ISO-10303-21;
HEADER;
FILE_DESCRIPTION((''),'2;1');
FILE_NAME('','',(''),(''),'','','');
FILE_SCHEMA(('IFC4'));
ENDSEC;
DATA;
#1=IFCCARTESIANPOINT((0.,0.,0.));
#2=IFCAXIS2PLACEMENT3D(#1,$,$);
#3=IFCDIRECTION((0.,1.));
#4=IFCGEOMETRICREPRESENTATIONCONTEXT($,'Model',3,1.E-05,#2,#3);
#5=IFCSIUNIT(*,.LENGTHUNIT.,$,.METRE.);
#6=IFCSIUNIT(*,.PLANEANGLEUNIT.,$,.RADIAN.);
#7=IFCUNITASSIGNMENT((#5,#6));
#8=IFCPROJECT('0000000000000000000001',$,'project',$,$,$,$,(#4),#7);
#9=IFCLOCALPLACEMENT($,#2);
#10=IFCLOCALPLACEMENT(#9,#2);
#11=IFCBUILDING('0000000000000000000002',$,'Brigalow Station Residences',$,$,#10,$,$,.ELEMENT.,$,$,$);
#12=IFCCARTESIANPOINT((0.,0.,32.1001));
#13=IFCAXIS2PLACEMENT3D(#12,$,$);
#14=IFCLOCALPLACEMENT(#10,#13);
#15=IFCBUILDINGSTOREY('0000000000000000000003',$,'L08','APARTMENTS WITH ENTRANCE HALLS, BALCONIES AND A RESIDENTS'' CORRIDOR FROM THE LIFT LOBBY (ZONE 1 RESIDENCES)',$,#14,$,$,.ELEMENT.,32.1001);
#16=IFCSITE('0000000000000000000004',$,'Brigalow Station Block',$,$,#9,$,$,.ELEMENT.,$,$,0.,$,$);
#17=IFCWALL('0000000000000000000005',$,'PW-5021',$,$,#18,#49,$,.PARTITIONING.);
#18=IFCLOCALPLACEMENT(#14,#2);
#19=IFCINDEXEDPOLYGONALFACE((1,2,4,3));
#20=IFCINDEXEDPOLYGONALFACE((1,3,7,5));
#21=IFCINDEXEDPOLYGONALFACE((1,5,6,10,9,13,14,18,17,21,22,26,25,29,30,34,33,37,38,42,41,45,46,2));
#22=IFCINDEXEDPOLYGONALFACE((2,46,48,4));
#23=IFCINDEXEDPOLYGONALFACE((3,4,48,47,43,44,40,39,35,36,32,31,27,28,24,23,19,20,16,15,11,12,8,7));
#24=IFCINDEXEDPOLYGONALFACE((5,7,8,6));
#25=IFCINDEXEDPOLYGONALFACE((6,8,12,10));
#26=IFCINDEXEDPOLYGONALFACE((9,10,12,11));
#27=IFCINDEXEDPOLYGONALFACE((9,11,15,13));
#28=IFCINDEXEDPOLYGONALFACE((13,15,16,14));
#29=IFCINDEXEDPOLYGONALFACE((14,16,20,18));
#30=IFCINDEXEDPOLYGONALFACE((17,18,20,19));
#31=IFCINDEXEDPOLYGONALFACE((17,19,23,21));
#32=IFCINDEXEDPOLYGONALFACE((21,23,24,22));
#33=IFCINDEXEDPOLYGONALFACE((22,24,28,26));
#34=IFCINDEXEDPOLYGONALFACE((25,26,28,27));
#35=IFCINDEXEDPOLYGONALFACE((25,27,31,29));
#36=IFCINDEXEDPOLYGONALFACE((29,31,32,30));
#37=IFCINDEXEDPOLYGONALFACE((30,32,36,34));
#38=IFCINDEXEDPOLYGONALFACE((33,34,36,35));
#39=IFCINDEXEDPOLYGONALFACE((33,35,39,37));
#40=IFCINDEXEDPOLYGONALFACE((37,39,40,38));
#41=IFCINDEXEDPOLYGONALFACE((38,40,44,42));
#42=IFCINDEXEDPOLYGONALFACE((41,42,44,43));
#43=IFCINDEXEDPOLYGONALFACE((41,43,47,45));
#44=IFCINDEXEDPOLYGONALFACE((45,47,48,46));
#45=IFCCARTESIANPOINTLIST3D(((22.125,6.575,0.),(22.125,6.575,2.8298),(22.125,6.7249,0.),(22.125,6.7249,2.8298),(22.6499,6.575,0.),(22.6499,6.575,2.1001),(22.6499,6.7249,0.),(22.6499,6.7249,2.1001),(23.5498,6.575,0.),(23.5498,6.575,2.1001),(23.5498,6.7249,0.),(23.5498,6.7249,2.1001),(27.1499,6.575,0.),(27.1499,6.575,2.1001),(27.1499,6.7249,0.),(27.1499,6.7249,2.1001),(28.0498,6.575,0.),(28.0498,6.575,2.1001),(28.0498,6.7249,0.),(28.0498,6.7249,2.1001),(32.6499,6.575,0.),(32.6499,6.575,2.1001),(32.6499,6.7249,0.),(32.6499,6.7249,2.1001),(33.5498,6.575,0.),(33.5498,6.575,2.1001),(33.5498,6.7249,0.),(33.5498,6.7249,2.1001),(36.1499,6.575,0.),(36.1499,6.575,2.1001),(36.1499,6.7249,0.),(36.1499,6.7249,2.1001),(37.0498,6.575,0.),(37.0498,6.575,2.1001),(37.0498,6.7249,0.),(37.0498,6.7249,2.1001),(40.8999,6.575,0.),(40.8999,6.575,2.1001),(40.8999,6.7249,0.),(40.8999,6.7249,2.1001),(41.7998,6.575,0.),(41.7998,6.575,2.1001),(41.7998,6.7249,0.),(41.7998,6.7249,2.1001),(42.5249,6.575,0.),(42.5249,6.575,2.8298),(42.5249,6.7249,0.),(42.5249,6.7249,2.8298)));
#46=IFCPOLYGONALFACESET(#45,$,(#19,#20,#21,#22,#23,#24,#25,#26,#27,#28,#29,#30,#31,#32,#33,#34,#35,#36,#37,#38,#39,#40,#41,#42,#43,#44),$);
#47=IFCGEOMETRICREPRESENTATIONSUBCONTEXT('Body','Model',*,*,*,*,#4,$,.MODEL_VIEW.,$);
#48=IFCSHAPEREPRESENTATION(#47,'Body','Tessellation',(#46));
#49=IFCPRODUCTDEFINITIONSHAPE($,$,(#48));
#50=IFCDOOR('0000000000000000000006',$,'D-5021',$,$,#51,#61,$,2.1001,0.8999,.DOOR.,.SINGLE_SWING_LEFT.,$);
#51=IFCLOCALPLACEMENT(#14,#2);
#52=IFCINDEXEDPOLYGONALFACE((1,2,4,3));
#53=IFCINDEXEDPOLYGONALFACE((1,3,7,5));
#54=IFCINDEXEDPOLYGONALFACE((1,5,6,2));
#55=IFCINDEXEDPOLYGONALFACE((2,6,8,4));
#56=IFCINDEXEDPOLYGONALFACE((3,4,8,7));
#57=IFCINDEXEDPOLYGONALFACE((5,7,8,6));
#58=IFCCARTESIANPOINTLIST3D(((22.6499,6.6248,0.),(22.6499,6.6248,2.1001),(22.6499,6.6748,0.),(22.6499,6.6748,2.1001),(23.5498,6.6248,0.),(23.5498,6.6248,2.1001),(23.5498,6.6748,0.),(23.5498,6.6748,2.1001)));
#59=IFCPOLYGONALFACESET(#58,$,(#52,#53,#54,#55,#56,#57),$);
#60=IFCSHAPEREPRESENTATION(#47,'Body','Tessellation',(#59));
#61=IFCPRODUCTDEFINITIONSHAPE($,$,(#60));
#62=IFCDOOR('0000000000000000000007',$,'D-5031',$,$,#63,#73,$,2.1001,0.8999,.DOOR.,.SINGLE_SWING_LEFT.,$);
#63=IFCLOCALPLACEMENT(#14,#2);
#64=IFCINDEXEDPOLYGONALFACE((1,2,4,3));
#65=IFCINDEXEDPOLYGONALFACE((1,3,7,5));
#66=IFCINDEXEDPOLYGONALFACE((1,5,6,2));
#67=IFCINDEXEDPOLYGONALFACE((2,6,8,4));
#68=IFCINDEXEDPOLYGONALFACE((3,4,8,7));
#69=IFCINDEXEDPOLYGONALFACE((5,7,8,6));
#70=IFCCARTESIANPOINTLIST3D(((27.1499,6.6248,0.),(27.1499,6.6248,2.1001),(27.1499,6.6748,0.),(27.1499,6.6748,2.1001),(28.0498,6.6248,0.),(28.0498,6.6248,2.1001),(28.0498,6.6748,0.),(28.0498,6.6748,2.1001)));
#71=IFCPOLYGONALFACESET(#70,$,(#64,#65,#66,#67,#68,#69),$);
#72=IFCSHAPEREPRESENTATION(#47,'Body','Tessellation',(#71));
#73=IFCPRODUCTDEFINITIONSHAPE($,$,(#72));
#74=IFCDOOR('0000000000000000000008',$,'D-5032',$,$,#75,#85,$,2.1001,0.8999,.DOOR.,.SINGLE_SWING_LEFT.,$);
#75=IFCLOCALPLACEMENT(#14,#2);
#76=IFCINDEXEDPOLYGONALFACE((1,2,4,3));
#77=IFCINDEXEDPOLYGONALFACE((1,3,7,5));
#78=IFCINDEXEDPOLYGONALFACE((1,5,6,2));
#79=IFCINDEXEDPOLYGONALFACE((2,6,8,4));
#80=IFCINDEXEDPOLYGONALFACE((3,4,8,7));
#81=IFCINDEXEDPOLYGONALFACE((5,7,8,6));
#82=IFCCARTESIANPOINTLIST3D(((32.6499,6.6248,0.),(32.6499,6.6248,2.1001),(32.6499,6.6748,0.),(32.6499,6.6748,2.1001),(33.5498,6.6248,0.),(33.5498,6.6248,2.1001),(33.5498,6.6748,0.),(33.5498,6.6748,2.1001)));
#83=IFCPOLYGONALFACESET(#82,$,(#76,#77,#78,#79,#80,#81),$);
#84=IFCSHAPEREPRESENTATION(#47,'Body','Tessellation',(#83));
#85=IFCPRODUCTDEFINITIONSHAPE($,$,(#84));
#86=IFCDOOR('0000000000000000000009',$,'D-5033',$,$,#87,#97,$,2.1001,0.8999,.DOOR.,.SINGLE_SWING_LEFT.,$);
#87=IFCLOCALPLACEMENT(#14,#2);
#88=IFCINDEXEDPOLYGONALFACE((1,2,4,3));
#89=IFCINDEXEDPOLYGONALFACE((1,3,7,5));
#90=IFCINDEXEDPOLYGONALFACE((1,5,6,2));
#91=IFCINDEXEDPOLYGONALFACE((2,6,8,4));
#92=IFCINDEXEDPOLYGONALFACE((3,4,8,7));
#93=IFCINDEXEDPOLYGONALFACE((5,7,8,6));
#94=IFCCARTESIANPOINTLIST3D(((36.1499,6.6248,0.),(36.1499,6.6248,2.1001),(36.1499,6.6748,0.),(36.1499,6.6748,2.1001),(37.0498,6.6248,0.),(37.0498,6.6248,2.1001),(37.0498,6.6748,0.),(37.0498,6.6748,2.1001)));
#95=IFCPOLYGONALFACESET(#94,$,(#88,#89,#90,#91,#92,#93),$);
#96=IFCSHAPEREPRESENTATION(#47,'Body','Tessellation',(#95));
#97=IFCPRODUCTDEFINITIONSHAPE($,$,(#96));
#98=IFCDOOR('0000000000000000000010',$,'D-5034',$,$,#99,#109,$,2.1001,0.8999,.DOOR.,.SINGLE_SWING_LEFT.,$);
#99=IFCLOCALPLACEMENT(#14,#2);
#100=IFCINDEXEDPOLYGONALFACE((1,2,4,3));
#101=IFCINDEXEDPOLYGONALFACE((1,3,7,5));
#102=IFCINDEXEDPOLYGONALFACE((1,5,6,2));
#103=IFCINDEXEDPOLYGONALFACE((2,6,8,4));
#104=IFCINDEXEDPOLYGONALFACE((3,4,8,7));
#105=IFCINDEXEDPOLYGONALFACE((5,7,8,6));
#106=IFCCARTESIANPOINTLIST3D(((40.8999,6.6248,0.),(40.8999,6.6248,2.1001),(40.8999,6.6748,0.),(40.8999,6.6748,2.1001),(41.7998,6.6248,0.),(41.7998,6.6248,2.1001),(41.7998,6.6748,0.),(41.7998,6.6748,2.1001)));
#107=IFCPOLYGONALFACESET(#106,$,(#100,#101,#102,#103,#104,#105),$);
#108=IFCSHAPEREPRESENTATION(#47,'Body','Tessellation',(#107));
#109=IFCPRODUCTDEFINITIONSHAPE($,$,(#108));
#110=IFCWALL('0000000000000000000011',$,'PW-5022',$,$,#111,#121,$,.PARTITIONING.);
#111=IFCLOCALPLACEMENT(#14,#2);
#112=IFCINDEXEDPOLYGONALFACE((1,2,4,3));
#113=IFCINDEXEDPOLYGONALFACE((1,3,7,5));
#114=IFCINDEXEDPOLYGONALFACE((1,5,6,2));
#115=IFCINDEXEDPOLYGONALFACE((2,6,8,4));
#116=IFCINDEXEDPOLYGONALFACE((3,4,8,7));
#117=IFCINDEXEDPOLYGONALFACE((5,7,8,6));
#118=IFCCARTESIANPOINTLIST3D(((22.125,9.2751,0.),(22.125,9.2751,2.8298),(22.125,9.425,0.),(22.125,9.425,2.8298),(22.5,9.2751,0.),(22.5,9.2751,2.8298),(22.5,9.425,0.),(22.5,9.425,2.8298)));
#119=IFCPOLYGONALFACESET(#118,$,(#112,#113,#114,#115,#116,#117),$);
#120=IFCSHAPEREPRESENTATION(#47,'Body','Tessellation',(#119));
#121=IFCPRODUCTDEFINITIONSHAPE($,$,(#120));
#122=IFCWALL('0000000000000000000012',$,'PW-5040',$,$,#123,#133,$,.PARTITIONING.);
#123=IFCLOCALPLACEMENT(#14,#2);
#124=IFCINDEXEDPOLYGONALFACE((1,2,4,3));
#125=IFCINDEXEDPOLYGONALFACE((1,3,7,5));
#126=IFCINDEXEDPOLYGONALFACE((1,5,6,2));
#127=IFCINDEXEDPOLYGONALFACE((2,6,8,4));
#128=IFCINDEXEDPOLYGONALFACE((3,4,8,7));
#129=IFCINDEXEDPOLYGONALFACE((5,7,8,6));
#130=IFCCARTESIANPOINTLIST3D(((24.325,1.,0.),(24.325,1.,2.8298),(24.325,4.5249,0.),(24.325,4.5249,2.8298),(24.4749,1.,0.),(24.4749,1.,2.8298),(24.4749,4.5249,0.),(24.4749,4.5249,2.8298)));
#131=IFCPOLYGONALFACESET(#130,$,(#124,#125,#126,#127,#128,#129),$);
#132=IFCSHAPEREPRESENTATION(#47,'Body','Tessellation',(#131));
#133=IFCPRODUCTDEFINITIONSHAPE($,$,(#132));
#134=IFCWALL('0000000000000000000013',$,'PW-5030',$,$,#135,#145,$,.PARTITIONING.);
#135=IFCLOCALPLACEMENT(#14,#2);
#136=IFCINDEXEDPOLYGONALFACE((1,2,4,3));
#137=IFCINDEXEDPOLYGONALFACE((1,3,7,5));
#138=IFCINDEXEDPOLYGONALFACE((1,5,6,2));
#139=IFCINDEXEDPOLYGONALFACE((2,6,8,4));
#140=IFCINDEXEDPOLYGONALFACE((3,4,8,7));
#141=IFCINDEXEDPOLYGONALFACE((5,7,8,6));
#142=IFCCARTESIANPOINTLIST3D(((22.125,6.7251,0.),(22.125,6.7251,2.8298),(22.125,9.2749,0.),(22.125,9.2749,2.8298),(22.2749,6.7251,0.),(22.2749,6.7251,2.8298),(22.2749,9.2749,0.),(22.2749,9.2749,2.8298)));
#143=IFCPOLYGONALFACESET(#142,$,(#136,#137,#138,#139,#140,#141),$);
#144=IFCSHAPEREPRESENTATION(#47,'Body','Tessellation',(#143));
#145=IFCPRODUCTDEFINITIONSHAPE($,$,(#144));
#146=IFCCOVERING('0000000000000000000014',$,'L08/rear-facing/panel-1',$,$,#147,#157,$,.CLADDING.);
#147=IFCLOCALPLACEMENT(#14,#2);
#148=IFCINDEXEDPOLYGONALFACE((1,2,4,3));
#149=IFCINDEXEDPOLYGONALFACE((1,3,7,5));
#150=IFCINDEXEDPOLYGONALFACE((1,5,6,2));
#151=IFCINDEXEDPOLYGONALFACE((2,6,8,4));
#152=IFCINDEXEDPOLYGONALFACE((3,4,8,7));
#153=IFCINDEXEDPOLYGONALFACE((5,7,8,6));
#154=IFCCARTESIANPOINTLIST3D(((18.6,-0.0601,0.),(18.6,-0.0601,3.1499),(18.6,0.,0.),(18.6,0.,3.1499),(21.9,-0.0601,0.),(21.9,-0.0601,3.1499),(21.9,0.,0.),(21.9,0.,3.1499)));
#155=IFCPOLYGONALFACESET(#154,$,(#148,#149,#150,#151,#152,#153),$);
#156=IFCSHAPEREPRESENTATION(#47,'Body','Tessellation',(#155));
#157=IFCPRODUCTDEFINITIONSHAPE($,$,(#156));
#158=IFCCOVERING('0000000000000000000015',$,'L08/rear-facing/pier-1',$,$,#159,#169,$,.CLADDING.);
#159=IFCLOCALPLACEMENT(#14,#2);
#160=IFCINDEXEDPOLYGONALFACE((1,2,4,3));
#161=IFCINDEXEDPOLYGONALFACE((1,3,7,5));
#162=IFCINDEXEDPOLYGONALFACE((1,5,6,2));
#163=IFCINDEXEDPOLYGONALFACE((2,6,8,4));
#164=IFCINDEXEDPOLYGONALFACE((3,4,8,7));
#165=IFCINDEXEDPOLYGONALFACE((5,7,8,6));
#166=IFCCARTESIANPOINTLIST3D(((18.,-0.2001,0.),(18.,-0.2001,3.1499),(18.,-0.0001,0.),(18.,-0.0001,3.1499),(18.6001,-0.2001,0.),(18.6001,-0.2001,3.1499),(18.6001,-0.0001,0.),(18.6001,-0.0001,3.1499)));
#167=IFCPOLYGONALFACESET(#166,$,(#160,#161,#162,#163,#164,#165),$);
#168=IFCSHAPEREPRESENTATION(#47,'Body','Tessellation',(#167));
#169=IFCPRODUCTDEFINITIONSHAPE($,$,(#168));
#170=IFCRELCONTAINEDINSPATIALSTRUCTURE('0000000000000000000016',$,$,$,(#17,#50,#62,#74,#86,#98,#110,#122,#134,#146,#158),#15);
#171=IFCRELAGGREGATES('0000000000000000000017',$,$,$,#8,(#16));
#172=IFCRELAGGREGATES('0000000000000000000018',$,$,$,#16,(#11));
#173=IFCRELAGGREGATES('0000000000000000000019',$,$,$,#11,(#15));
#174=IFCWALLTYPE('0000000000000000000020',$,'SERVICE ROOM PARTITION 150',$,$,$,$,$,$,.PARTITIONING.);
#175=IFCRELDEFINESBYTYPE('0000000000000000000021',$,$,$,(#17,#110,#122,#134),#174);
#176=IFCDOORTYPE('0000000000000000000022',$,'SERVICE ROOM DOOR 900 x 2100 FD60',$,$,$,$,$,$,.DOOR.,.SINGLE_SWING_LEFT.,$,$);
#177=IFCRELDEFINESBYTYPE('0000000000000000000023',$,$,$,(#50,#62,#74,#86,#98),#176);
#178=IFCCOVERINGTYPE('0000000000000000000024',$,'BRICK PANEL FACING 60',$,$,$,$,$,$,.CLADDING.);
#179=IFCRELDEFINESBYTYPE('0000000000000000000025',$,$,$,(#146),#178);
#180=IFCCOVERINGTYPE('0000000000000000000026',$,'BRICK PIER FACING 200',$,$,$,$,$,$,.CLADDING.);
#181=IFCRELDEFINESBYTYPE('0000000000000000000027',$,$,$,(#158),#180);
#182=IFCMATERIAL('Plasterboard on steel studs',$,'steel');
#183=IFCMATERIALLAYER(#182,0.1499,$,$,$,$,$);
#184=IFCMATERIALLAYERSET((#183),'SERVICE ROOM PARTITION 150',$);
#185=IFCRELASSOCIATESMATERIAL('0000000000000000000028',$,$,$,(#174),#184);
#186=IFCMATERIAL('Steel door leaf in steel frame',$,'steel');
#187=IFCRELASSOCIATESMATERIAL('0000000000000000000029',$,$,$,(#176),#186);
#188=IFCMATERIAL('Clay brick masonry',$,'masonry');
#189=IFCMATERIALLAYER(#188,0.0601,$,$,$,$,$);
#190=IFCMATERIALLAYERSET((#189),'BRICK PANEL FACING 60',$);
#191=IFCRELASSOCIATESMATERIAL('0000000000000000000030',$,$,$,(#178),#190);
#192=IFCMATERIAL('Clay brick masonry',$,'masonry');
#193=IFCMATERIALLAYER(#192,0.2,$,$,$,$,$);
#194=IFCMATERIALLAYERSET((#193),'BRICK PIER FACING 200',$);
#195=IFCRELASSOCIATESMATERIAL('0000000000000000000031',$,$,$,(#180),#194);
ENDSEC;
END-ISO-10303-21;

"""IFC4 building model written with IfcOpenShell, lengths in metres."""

from ifc_helpers import new_model, si_unit, direction, frame, frame_2d, origin, origin_2d, place, context, subcontext, project, spatial, rectangle, extrude, material, layer, layer_set, type_object, element, fill, save


model = new_model("IFC4")

# Units and contexts
model_context = context("Model", 3, precision=1e-05, world=origin(), true_north=direction((0.0, 1.0)))
body_context = subcontext(model_context, "Body", "Model", "MODEL_VIEW")
ifc_project = project(units=[si_unit("LENGTHUNIT", "METRE"), si_unit("PLANEANGLEUNIT", "RADIAN")], contexts=[model_context])

# Site, building, storey
site_placement = place(None, origin())
site = spatial("IfcSite", under=ifc_project, at=site_placement, Name="Brigalow Station Block", CompositionType="ELEMENT", RefElevation=0.0)
building_placement = place(site_placement, origin())
building = spatial("IfcBuilding", under=site, at=building_placement, Name="Brigalow Station Residences", CompositionType="ELEMENT")
storey_placement = place(building_placement, frame((0.0, 0.0, 32.1001)))
storey = spatial("IfcBuildingStorey", under=building, at=storey_placement, Name="L08", Description="APARTMENTS WITH ENTRANCE HALLS, BALCONIES AND A RESIDENTS' CORRIDOR FROM THE LIFT LOBBY (ZONE 1 RESIDENCES)", CompositionType="ELEMENT", Elevation=32.1001)

# Wall, openings, doors
ifc_material_1 = material(Name="Plasterboard on steel studs", Category="steel")
ifc_layer_1 = layer(ifc_material_1, 0.1499)
ifc_layer_set_1 = layer_set([ifc_layer_1], Name="SERVICE ROOM PARTITION 150")
wall_type_1 = type_object("IfcWallType", Name="SERVICE ROOM PARTITION 150", PredefinedType="PARTITIONING", material=ifc_layer_set_1)
ifc_material_2 = material(Name="Steel door leaf in steel frame", Category="steel")
door_type = type_object("IfcDoorType", Name="SERVICE ROOM DOOR 900 x 2100 FD60", OperationType="SINGLE_SWING_LEFT", PredefinedType="DOOR", material=ifc_material_2)
wall_1_placement = place(storey_placement, frame((22.125, 6.6499, 0.0), z_axis=(0.0, 0.0, 1.0), x_axis=(1.0, 0.0, 0.0)))
wall_1 = element("IfcWall", 1, at=wall_1_placement, inside=storey, type_object=wall_type_1, Name="PW-5021", PredefinedType="PARTITIONING", context=body_context, shape_type="SweptSolid", body=[
    extrude(rectangle(XDim=20.3999, YDim=0.1499, at=frame_2d((10.2, 0.0))), origin(), (0.0, 0.0, 1.0), 2.8298),
])
opening_1_placement = place(wall_1_placement, frame((0.5249, 0.0, 0.0)))
opening_1 = element("IfcOpeningElement", 2, at=opening_1_placement, cuts=wall_1, PredefinedType="OPENING", context=body_context, shape_type="SweptSolid", body=[
    extrude(rectangle(XDim=0.8999, YDim=2.1001, at=frame_2d((0.45, 1.05))), frame((0.0, 0.085, 0.0), z_axis=(0.0, -1.0, 0.0), x_axis=(1.0, 0.0, 0.0)), (0.0, 0.0, 1.0), 0.1699),
])
opening_2_placement = place(wall_1_placement, frame((5.0249, 0.0, 0.0)))
opening_2 = element("IfcOpeningElement", 3, at=opening_2_placement, cuts=wall_1, PredefinedType="OPENING", context=body_context, shape_type="SweptSolid", body=[
    extrude(rectangle(XDim=0.8999, YDim=2.1001, at=frame_2d((0.45, 1.05))), frame((0.0, 0.085, 0.0), z_axis=(0.0, -1.0, 0.0), x_axis=(1.0, 0.0, 0.0)), (0.0, 0.0, 1.0), 0.1699),
])
opening_3_placement = place(wall_1_placement, frame((10.5249, 0.0, 0.0)))
opening_3 = element("IfcOpeningElement", 4, at=opening_3_placement, cuts=wall_1, PredefinedType="OPENING", context=body_context, shape_type="SweptSolid", body=[
    extrude(rectangle(XDim=0.8999, YDim=2.1001, at=frame_2d((0.45, 1.05))), frame((0.0, 0.085, 0.0), z_axis=(0.0, -1.0, 0.0), x_axis=(1.0, 0.0, 0.0)), (0.0, 0.0, 1.0), 0.1699),
])
opening_4_placement = place(wall_1_placement, frame((14.0249, 0.0, 0.0)))
opening_4 = element("IfcOpeningElement", 5, at=opening_4_placement, cuts=wall_1, PredefinedType="OPENING", context=body_context, shape_type="SweptSolid", body=[
    extrude(rectangle(XDim=0.8999, YDim=2.1001, at=frame_2d((0.45, 1.05))), frame((0.0, 0.085, 0.0), z_axis=(0.0, -1.0, 0.0), x_axis=(1.0, 0.0, 0.0)), (0.0, 0.0, 1.0), 0.1699),
])
opening_5_placement = place(wall_1_placement, frame((18.7749, 0.0, 0.0)))
opening_5 = element("IfcOpeningElement", 6, at=opening_5_placement, cuts=wall_1, PredefinedType="OPENING", context=body_context, shape_type="SweptSolid", body=[
    extrude(rectangle(XDim=0.8999, YDim=2.1001, at=frame_2d((0.45, 1.05))), frame((0.0, 0.085, 0.0), z_axis=(0.0, -1.0, 0.0), x_axis=(1.0, 0.0, 0.0)), (0.0, 0.0, 1.0), 0.1699),
])
door_1_placement = place(opening_1_placement, origin())
door_1 = element("IfcDoor", 7, at=door_1_placement, inside=storey, type_object=door_type, Name="D-5021", OperationType="SINGLE_SWING_LEFT", OverallHeight=2.1001, OverallWidth=0.8999, PredefinedType="DOOR", context=body_context, shape_type="SweptSolid", body=[
    extrude(rectangle(XDim=0.8999, YDim=2.1001, at=frame_2d((0.45, 1.05))), frame((0.0, 0.0249, 0.0), z_axis=(0.0, -1.0, 0.0), x_axis=(1.0, 0.0, 0.0)), (0.0, 0.0, 1.0), 0.05),
])
fill(opening_1, door_1)
door_2_placement = place(opening_2_placement, origin())
door_2 = element("IfcDoor", 8, at=door_2_placement, inside=storey, type_object=door_type, Name="D-5031", OperationType="SINGLE_SWING_LEFT", OverallHeight=2.1001, OverallWidth=0.8999, PredefinedType="DOOR", context=body_context, shape_type="SweptSolid", body=[
    extrude(rectangle(XDim=0.8999, YDim=2.1001, at=frame_2d((0.45, 1.05))), frame((0.0, 0.0249, 0.0), z_axis=(0.0, -1.0, 0.0), x_axis=(1.0, 0.0, 0.0)), (0.0, 0.0, 1.0), 0.05),
])
fill(opening_2, door_2)
door_3_placement = place(opening_3_placement, origin())
door_3 = element("IfcDoor", 9, at=door_3_placement, inside=storey, type_object=door_type, Name="D-5032", OperationType="SINGLE_SWING_LEFT", OverallHeight=2.1001, OverallWidth=0.8999, PredefinedType="DOOR", context=body_context, shape_type="SweptSolid", body=[
    extrude(rectangle(XDim=0.8999, YDim=2.1001, at=frame_2d((0.45, 1.05))), frame((0.0, 0.0249, 0.0), z_axis=(0.0, -1.0, 0.0), x_axis=(1.0, 0.0, 0.0)), (0.0, 0.0, 1.0), 0.05),
])
fill(opening_3, door_3)
door_4_placement = place(opening_4_placement, origin())
door_4 = element("IfcDoor", 10, at=door_4_placement, inside=storey, type_object=door_type, Name="D-5033", OperationType="SINGLE_SWING_LEFT", OverallHeight=2.1001, OverallWidth=0.8999, PredefinedType="DOOR", context=body_context, shape_type="SweptSolid", body=[
    extrude(rectangle(XDim=0.8999, YDim=2.1001, at=frame_2d((0.45, 1.05))), frame((0.0, 0.0249, 0.0), z_axis=(0.0, -1.0, 0.0), x_axis=(1.0, 0.0, 0.0)), (0.0, 0.0, 1.0), 0.05),
])
fill(opening_4, door_4)
door_5_placement = place(opening_5_placement, origin())
door_5 = element("IfcDoor", 11, at=door_5_placement, inside=storey, type_object=door_type, Name="D-5034", OperationType="SINGLE_SWING_LEFT", OverallHeight=2.1001, OverallWidth=0.8999, PredefinedType="DOOR", context=body_context, shape_type="SweptSolid", body=[
    extrude(rectangle(XDim=0.8999, YDim=2.1001, at=frame_2d((0.45, 1.05))), frame((0.0, 0.0249, 0.0), z_axis=(0.0, -1.0, 0.0), x_axis=(1.0, 0.0, 0.0)), (0.0, 0.0, 1.0), 0.05),
])
fill(opening_5, door_5)

# Walls
wall_2_placement = place(storey_placement, frame((22.125, 9.3501, 0.0), z_axis=(0.0, 0.0, 1.0), x_axis=(1.0, 0.0, 0.0)))
element("IfcWall", 12, at=wall_2_placement, inside=storey, type_object=wall_type_1, Name="PW-5022", PredefinedType="PARTITIONING", context=body_context, shape_type="SweptSolid", body=[
    extrude(rectangle(XDim=0.375, YDim=0.1499, at=frame_2d((0.1875, 0.0))), origin(), (0.0, 0.0, 1.0), 2.8298),
])
wall_3_placement = place(storey_placement, frame((24.3999, 1.0, 0.0), z_axis=(0.0, 0.0, 1.0), x_axis=(0.0, 1.0, 0.0)))
element("IfcWall", 13, at=wall_3_placement, inside=storey, type_object=wall_type_1, Name="PW-5040", PredefinedType="PARTITIONING", context=body_context, shape_type="SweptSolid", body=[
    extrude(rectangle(XDim=3.5249, YDim=0.1499, at=frame_2d((1.7625, 0.0))), origin(), (0.0, 0.0, 1.0), 2.8298),
])
wall_4_placement = place(storey_placement, frame((22.2, 6.7251, 0.0), z_axis=(0.0, 0.0, 1.0), x_axis=(0.0, 1.0, 0.0)))
element("IfcWall", 14, at=wall_4_placement, inside=storey, type_object=wall_type_1, Name="PW-5030", PredefinedType="PARTITIONING", context=body_context, shape_type="SweptSolid", body=[
    extrude(rectangle(XDim=2.5498, YDim=0.1499, at=frame_2d((1.2749, 0.0))), origin(), (0.0, 0.0, 1.0), 2.8298),
])

# Coverings
ifc_material_3 = material(Name="Clay brick masonry", Category="masonry")
ifc_layer_2 = layer(ifc_material_3, 0.0601)
ifc_layer_set_2 = layer_set([ifc_layer_2], Name="BRICK PANEL FACING 60")
covering_type_1 = type_object("IfcCoveringType", Name="BRICK PANEL FACING 60", PredefinedType="CLADDING", material=ifc_layer_set_2)
covering_1_placement = place(storey_placement, frame((20.25, -0.03, 0.0), z_axis=(0.0, 0.0, 1.0), x_axis=(1.0, 0.0, 0.0)))
element("IfcCovering", 15, at=covering_1_placement, inside=storey, type_object=covering_type_1, Name="L08/rear-facing/panel-1", PredefinedType="CLADDING", context=body_context, shape_type="SweptSolid", body=[
    extrude(rectangle(XDim=3.3, YDim=0.0601, at=origin_2d()), origin(), (0.0, 0.0, 1.0), 3.1499),
])
ifc_material_4 = material(Name="Clay brick masonry", Category="masonry")
ifc_layer_3 = layer(ifc_material_4, 0.2)
ifc_layer_set_3 = layer_set([ifc_layer_3], Name="BRICK PIER FACING 200")
covering_type_2 = type_object("IfcCoveringType", Name="BRICK PIER FACING 200", PredefinedType="CLADDING", material=ifc_layer_set_3)
covering_2_placement = place(storey_placement, frame((18.3, -0.1001, 0.0), z_axis=(0.0, 0.0, 1.0), x_axis=(1.0, 0.0, 0.0)))
element("IfcCovering", 16, at=covering_2_placement, inside=storey, type_object=covering_type_2, Name="L08/rear-facing/pier-1", PredefinedType="CLADDING", context=body_context, shape_type="SweptSolid", body=[
    extrude(rectangle(XDim=0.6001, YDim=0.2, at=origin_2d()), origin(), (0.0, 0.0, 1.0), 3.1499),
])

save(model, "model.ifc")
